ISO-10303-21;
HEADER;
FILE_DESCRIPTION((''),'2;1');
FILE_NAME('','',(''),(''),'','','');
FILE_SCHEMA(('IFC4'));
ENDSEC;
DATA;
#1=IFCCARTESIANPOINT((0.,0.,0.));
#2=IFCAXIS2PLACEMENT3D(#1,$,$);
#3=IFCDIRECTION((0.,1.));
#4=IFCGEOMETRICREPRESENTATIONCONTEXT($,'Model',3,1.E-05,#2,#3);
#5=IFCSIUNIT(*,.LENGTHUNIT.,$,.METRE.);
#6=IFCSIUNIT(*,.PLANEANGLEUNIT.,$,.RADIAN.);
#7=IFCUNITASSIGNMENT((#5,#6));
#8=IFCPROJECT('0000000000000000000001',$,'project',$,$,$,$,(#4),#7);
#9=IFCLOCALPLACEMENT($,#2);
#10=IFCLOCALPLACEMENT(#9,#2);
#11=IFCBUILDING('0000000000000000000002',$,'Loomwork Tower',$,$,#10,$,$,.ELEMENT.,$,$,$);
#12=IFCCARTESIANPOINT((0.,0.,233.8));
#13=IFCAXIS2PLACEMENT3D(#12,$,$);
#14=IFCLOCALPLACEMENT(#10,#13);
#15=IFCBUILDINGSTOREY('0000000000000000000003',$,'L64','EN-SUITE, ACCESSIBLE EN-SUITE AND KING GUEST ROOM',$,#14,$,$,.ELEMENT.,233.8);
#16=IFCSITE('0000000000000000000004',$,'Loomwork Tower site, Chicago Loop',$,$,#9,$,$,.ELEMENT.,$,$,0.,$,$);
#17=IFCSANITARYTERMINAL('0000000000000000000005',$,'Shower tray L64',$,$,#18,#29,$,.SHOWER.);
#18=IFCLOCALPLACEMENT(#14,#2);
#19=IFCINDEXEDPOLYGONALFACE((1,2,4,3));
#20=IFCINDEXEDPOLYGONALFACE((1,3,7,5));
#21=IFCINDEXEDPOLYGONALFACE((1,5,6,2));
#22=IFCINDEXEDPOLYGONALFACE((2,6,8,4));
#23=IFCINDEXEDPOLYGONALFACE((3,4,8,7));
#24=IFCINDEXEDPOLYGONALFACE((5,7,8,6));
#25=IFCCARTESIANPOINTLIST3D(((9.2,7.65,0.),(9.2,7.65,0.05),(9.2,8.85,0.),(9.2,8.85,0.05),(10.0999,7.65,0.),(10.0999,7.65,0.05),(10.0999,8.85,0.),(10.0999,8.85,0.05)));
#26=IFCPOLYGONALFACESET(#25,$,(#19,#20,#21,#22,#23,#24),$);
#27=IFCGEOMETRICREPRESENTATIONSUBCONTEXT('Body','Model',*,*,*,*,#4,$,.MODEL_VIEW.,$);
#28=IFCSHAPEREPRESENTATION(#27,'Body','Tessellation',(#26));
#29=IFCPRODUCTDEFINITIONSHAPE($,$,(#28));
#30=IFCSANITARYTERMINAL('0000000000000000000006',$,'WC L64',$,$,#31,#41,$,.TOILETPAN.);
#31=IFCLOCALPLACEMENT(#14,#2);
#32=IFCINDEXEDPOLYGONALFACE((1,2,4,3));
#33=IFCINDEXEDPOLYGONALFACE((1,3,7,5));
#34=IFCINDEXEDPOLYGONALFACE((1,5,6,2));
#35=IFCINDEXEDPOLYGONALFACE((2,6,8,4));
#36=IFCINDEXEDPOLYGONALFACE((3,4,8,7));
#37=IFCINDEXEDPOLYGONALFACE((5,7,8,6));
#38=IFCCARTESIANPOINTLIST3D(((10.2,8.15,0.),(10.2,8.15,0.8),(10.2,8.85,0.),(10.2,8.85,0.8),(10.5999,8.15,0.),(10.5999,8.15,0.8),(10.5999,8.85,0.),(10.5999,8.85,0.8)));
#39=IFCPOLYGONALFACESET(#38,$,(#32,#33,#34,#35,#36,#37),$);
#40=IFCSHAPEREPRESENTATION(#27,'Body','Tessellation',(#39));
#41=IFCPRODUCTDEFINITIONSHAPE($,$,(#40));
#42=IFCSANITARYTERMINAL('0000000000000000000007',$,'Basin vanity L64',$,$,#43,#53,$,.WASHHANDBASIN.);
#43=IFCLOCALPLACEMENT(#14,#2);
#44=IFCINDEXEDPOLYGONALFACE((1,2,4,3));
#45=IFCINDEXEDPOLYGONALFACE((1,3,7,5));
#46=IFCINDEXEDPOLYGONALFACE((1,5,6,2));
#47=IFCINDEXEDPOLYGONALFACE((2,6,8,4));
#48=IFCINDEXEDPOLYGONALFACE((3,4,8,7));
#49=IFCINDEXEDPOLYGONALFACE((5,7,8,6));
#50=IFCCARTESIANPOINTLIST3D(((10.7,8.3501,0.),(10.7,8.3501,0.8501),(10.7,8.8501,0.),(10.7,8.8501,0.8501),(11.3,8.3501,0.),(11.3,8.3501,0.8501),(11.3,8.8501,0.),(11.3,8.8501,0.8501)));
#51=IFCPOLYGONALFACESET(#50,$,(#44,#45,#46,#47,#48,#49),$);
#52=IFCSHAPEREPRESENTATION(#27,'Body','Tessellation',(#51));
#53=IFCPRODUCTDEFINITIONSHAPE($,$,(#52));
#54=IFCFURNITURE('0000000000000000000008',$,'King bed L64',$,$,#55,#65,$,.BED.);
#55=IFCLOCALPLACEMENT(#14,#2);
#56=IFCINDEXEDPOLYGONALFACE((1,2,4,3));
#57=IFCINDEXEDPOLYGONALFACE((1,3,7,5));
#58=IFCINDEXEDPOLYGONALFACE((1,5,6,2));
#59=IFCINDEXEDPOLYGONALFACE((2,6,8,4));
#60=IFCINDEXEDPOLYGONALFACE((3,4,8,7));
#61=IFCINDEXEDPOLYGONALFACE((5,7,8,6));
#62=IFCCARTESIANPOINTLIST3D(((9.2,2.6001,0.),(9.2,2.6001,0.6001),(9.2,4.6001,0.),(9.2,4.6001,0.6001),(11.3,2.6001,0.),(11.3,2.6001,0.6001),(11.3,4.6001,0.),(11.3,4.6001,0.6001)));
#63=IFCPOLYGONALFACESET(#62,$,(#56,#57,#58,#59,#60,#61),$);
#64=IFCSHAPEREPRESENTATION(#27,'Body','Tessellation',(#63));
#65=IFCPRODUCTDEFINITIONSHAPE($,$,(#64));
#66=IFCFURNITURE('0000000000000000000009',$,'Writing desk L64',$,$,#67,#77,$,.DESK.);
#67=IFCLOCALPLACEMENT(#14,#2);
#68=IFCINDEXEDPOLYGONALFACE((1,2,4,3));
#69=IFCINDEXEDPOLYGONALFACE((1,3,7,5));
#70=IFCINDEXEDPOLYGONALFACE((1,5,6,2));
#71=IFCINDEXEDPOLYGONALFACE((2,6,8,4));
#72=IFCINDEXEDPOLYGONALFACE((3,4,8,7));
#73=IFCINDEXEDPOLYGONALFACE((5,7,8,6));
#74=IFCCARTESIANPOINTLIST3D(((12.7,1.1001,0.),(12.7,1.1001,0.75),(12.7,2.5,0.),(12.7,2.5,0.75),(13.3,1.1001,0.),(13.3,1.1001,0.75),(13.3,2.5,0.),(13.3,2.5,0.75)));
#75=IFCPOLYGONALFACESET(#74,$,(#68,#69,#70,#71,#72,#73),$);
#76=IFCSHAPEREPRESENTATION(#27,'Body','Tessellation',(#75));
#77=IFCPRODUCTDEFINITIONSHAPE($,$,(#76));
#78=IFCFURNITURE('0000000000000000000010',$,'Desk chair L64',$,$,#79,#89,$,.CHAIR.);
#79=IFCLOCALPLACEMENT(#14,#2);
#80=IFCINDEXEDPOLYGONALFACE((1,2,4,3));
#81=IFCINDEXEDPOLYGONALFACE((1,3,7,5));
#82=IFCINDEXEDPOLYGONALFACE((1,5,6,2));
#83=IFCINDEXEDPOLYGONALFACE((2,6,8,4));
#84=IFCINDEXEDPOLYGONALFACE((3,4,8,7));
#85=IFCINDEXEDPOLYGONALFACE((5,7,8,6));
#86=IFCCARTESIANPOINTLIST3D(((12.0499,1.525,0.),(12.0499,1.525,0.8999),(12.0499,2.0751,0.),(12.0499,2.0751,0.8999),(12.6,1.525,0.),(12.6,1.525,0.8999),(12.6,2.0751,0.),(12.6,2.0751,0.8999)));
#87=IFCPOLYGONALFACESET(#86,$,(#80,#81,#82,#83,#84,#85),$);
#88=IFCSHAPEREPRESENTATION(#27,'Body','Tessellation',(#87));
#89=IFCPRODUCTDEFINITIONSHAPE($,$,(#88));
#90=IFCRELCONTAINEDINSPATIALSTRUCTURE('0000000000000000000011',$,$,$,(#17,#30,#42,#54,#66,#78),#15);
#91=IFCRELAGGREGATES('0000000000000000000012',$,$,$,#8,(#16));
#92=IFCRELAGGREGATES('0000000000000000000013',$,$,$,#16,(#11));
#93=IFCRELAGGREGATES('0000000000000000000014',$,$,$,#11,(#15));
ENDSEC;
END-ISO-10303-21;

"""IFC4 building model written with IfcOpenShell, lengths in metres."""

from ifc_helpers import new_model, si_unit, direction, frame, origin, origin_2d, place, context, subcontext, project, spatial, rectangle, extrude, element, save


model = new_model("IFC4")

# Units and contexts
model_context = context("Model", 3, precision=1e-05, world=origin(), true_north=direction((0.0, 1.0)))
body_context = subcontext(model_context, "Body", "Model", "MODEL_VIEW")
ifc_project = project(units=[si_unit("LENGTHUNIT", "METRE"), si_unit("PLANEANGLEUNIT", "RADIAN")], contexts=[model_context])

# Site, building, storey
site_placement = place(None, origin())
site = spatial("IfcSite", under=ifc_project, at=site_placement, Name="Loomwork Tower site, Chicago Loop", CompositionType="ELEMENT", RefElevation=0.0)
building_placement = place(site_placement, origin())
building = spatial("IfcBuilding", under=site, at=building_placement, Name="Loomwork Tower", CompositionType="ELEMENT")
storey_placement = place(building_placement, frame((0.0, 0.0, 233.8)))
storey = spatial("IfcBuildingStorey", under=building, at=storey_placement, Name="L64", Description="EN-SUITE, ACCESSIBLE EN-SUITE AND KING GUEST ROOM", CompositionType="ELEMENT", Elevation=233.8)

# Sanitary terminals
sanitary_terminal_1_placement = place(storey_placement, frame((9.6499, 8.25, 0.0), z_axis=(0.0, 0.0, 1.0), x_axis=(1.0, 0.0, 0.0)))
element("IfcSanitaryTerminal", 1, at=sanitary_terminal_1_placement, inside=storey, Name="Shower tray L64", PredefinedType="SHOWER", context=body_context, shape_type="SweptSolid", body=[
    extrude(rectangle(XDim=0.8999, YDim=1.2, at=origin_2d()), origin(), (0.0, 0.0, 1.0), 0.05),
])
sanitary_terminal_2_placement = place(storey_placement, frame((10.3999, 8.5, 0.0), z_axis=(0.0, 0.0, 1.0), x_axis=(1.0, 0.0, 0.0)))
element("IfcSanitaryTerminal", 2, at=sanitary_terminal_2_placement, inside=storey, Name="WC L64", PredefinedType="TOILETPAN", context=body_context, shape_type="SweptSolid", body=[
    extrude(rectangle(XDim=0.3999, YDim=0.7, at=origin_2d()), origin(), (0.0, 0.0, 1.0), 0.8),
])
sanitary_terminal_3_placement = place(storey_placement, frame((11.0, 8.6001, 0.0), z_axis=(0.0, 0.0, 1.0), x_axis=(1.0, 0.0, 0.0)))
element("IfcSanitaryTerminal", 3, at=sanitary_terminal_3_placement, inside=storey, Name="Basin vanity L64", PredefinedType="WASHHANDBASIN", context=body_context, shape_type="SweptSolid", body=[
    extrude(rectangle(XDim=0.6001, YDim=0.5, at=origin_2d()), origin(), (0.0, 0.0, 1.0), 0.8501),
])

# Furniture
furniture_1_placement = place(storey_placement, frame((10.25, 3.6001, 0.0), z_axis=(0.0, 0.0, 1.0), x_axis=(1.0, 0.0, 0.0)))
element("IfcFurniture", 4, at=furniture_1_placement, inside=storey, Name="King bed L64", PredefinedType="BED", context=body_context, shape_type="SweptSolid", body=[
    extrude(rectangle(XDim=2.1001, YDim=2.0, at=origin_2d()), origin(), (0.0, 0.0, 1.0), 0.6001),
])
furniture_2_placement = place(storey_placement, frame((13.0, 1.8, 0.0), z_axis=(0.0, 0.0, 1.0), x_axis=(1.0, 0.0, 0.0)))
element("IfcFurniture", 5, at=furniture_2_placement, inside=storey, Name="Writing desk L64", PredefinedType="DESK", context=body_context, shape_type="SweptSolid", body=[
    extrude(rectangle(XDim=0.6001, YDim=1.3999, at=origin_2d()), origin(), (0.0, 0.0, 1.0), 0.75),
])
furniture_3_placement = place(storey_placement, frame((12.325, 1.8, 0.0), z_axis=(0.0, 0.0, 1.0), x_axis=(1.0, 0.0, 0.0)))
element("IfcFurniture", 6, at=furniture_3_placement, inside=storey, Name="Desk chair L64", PredefinedType="CHAIR", context=body_context, shape_type="SweptSolid", body=[
    extrude(rectangle(XDim=0.55, YDim=0.55, at=origin_2d()), origin(), (0.0, 0.0, 1.0), 0.8999),
])

save(model, "model.ifc")
